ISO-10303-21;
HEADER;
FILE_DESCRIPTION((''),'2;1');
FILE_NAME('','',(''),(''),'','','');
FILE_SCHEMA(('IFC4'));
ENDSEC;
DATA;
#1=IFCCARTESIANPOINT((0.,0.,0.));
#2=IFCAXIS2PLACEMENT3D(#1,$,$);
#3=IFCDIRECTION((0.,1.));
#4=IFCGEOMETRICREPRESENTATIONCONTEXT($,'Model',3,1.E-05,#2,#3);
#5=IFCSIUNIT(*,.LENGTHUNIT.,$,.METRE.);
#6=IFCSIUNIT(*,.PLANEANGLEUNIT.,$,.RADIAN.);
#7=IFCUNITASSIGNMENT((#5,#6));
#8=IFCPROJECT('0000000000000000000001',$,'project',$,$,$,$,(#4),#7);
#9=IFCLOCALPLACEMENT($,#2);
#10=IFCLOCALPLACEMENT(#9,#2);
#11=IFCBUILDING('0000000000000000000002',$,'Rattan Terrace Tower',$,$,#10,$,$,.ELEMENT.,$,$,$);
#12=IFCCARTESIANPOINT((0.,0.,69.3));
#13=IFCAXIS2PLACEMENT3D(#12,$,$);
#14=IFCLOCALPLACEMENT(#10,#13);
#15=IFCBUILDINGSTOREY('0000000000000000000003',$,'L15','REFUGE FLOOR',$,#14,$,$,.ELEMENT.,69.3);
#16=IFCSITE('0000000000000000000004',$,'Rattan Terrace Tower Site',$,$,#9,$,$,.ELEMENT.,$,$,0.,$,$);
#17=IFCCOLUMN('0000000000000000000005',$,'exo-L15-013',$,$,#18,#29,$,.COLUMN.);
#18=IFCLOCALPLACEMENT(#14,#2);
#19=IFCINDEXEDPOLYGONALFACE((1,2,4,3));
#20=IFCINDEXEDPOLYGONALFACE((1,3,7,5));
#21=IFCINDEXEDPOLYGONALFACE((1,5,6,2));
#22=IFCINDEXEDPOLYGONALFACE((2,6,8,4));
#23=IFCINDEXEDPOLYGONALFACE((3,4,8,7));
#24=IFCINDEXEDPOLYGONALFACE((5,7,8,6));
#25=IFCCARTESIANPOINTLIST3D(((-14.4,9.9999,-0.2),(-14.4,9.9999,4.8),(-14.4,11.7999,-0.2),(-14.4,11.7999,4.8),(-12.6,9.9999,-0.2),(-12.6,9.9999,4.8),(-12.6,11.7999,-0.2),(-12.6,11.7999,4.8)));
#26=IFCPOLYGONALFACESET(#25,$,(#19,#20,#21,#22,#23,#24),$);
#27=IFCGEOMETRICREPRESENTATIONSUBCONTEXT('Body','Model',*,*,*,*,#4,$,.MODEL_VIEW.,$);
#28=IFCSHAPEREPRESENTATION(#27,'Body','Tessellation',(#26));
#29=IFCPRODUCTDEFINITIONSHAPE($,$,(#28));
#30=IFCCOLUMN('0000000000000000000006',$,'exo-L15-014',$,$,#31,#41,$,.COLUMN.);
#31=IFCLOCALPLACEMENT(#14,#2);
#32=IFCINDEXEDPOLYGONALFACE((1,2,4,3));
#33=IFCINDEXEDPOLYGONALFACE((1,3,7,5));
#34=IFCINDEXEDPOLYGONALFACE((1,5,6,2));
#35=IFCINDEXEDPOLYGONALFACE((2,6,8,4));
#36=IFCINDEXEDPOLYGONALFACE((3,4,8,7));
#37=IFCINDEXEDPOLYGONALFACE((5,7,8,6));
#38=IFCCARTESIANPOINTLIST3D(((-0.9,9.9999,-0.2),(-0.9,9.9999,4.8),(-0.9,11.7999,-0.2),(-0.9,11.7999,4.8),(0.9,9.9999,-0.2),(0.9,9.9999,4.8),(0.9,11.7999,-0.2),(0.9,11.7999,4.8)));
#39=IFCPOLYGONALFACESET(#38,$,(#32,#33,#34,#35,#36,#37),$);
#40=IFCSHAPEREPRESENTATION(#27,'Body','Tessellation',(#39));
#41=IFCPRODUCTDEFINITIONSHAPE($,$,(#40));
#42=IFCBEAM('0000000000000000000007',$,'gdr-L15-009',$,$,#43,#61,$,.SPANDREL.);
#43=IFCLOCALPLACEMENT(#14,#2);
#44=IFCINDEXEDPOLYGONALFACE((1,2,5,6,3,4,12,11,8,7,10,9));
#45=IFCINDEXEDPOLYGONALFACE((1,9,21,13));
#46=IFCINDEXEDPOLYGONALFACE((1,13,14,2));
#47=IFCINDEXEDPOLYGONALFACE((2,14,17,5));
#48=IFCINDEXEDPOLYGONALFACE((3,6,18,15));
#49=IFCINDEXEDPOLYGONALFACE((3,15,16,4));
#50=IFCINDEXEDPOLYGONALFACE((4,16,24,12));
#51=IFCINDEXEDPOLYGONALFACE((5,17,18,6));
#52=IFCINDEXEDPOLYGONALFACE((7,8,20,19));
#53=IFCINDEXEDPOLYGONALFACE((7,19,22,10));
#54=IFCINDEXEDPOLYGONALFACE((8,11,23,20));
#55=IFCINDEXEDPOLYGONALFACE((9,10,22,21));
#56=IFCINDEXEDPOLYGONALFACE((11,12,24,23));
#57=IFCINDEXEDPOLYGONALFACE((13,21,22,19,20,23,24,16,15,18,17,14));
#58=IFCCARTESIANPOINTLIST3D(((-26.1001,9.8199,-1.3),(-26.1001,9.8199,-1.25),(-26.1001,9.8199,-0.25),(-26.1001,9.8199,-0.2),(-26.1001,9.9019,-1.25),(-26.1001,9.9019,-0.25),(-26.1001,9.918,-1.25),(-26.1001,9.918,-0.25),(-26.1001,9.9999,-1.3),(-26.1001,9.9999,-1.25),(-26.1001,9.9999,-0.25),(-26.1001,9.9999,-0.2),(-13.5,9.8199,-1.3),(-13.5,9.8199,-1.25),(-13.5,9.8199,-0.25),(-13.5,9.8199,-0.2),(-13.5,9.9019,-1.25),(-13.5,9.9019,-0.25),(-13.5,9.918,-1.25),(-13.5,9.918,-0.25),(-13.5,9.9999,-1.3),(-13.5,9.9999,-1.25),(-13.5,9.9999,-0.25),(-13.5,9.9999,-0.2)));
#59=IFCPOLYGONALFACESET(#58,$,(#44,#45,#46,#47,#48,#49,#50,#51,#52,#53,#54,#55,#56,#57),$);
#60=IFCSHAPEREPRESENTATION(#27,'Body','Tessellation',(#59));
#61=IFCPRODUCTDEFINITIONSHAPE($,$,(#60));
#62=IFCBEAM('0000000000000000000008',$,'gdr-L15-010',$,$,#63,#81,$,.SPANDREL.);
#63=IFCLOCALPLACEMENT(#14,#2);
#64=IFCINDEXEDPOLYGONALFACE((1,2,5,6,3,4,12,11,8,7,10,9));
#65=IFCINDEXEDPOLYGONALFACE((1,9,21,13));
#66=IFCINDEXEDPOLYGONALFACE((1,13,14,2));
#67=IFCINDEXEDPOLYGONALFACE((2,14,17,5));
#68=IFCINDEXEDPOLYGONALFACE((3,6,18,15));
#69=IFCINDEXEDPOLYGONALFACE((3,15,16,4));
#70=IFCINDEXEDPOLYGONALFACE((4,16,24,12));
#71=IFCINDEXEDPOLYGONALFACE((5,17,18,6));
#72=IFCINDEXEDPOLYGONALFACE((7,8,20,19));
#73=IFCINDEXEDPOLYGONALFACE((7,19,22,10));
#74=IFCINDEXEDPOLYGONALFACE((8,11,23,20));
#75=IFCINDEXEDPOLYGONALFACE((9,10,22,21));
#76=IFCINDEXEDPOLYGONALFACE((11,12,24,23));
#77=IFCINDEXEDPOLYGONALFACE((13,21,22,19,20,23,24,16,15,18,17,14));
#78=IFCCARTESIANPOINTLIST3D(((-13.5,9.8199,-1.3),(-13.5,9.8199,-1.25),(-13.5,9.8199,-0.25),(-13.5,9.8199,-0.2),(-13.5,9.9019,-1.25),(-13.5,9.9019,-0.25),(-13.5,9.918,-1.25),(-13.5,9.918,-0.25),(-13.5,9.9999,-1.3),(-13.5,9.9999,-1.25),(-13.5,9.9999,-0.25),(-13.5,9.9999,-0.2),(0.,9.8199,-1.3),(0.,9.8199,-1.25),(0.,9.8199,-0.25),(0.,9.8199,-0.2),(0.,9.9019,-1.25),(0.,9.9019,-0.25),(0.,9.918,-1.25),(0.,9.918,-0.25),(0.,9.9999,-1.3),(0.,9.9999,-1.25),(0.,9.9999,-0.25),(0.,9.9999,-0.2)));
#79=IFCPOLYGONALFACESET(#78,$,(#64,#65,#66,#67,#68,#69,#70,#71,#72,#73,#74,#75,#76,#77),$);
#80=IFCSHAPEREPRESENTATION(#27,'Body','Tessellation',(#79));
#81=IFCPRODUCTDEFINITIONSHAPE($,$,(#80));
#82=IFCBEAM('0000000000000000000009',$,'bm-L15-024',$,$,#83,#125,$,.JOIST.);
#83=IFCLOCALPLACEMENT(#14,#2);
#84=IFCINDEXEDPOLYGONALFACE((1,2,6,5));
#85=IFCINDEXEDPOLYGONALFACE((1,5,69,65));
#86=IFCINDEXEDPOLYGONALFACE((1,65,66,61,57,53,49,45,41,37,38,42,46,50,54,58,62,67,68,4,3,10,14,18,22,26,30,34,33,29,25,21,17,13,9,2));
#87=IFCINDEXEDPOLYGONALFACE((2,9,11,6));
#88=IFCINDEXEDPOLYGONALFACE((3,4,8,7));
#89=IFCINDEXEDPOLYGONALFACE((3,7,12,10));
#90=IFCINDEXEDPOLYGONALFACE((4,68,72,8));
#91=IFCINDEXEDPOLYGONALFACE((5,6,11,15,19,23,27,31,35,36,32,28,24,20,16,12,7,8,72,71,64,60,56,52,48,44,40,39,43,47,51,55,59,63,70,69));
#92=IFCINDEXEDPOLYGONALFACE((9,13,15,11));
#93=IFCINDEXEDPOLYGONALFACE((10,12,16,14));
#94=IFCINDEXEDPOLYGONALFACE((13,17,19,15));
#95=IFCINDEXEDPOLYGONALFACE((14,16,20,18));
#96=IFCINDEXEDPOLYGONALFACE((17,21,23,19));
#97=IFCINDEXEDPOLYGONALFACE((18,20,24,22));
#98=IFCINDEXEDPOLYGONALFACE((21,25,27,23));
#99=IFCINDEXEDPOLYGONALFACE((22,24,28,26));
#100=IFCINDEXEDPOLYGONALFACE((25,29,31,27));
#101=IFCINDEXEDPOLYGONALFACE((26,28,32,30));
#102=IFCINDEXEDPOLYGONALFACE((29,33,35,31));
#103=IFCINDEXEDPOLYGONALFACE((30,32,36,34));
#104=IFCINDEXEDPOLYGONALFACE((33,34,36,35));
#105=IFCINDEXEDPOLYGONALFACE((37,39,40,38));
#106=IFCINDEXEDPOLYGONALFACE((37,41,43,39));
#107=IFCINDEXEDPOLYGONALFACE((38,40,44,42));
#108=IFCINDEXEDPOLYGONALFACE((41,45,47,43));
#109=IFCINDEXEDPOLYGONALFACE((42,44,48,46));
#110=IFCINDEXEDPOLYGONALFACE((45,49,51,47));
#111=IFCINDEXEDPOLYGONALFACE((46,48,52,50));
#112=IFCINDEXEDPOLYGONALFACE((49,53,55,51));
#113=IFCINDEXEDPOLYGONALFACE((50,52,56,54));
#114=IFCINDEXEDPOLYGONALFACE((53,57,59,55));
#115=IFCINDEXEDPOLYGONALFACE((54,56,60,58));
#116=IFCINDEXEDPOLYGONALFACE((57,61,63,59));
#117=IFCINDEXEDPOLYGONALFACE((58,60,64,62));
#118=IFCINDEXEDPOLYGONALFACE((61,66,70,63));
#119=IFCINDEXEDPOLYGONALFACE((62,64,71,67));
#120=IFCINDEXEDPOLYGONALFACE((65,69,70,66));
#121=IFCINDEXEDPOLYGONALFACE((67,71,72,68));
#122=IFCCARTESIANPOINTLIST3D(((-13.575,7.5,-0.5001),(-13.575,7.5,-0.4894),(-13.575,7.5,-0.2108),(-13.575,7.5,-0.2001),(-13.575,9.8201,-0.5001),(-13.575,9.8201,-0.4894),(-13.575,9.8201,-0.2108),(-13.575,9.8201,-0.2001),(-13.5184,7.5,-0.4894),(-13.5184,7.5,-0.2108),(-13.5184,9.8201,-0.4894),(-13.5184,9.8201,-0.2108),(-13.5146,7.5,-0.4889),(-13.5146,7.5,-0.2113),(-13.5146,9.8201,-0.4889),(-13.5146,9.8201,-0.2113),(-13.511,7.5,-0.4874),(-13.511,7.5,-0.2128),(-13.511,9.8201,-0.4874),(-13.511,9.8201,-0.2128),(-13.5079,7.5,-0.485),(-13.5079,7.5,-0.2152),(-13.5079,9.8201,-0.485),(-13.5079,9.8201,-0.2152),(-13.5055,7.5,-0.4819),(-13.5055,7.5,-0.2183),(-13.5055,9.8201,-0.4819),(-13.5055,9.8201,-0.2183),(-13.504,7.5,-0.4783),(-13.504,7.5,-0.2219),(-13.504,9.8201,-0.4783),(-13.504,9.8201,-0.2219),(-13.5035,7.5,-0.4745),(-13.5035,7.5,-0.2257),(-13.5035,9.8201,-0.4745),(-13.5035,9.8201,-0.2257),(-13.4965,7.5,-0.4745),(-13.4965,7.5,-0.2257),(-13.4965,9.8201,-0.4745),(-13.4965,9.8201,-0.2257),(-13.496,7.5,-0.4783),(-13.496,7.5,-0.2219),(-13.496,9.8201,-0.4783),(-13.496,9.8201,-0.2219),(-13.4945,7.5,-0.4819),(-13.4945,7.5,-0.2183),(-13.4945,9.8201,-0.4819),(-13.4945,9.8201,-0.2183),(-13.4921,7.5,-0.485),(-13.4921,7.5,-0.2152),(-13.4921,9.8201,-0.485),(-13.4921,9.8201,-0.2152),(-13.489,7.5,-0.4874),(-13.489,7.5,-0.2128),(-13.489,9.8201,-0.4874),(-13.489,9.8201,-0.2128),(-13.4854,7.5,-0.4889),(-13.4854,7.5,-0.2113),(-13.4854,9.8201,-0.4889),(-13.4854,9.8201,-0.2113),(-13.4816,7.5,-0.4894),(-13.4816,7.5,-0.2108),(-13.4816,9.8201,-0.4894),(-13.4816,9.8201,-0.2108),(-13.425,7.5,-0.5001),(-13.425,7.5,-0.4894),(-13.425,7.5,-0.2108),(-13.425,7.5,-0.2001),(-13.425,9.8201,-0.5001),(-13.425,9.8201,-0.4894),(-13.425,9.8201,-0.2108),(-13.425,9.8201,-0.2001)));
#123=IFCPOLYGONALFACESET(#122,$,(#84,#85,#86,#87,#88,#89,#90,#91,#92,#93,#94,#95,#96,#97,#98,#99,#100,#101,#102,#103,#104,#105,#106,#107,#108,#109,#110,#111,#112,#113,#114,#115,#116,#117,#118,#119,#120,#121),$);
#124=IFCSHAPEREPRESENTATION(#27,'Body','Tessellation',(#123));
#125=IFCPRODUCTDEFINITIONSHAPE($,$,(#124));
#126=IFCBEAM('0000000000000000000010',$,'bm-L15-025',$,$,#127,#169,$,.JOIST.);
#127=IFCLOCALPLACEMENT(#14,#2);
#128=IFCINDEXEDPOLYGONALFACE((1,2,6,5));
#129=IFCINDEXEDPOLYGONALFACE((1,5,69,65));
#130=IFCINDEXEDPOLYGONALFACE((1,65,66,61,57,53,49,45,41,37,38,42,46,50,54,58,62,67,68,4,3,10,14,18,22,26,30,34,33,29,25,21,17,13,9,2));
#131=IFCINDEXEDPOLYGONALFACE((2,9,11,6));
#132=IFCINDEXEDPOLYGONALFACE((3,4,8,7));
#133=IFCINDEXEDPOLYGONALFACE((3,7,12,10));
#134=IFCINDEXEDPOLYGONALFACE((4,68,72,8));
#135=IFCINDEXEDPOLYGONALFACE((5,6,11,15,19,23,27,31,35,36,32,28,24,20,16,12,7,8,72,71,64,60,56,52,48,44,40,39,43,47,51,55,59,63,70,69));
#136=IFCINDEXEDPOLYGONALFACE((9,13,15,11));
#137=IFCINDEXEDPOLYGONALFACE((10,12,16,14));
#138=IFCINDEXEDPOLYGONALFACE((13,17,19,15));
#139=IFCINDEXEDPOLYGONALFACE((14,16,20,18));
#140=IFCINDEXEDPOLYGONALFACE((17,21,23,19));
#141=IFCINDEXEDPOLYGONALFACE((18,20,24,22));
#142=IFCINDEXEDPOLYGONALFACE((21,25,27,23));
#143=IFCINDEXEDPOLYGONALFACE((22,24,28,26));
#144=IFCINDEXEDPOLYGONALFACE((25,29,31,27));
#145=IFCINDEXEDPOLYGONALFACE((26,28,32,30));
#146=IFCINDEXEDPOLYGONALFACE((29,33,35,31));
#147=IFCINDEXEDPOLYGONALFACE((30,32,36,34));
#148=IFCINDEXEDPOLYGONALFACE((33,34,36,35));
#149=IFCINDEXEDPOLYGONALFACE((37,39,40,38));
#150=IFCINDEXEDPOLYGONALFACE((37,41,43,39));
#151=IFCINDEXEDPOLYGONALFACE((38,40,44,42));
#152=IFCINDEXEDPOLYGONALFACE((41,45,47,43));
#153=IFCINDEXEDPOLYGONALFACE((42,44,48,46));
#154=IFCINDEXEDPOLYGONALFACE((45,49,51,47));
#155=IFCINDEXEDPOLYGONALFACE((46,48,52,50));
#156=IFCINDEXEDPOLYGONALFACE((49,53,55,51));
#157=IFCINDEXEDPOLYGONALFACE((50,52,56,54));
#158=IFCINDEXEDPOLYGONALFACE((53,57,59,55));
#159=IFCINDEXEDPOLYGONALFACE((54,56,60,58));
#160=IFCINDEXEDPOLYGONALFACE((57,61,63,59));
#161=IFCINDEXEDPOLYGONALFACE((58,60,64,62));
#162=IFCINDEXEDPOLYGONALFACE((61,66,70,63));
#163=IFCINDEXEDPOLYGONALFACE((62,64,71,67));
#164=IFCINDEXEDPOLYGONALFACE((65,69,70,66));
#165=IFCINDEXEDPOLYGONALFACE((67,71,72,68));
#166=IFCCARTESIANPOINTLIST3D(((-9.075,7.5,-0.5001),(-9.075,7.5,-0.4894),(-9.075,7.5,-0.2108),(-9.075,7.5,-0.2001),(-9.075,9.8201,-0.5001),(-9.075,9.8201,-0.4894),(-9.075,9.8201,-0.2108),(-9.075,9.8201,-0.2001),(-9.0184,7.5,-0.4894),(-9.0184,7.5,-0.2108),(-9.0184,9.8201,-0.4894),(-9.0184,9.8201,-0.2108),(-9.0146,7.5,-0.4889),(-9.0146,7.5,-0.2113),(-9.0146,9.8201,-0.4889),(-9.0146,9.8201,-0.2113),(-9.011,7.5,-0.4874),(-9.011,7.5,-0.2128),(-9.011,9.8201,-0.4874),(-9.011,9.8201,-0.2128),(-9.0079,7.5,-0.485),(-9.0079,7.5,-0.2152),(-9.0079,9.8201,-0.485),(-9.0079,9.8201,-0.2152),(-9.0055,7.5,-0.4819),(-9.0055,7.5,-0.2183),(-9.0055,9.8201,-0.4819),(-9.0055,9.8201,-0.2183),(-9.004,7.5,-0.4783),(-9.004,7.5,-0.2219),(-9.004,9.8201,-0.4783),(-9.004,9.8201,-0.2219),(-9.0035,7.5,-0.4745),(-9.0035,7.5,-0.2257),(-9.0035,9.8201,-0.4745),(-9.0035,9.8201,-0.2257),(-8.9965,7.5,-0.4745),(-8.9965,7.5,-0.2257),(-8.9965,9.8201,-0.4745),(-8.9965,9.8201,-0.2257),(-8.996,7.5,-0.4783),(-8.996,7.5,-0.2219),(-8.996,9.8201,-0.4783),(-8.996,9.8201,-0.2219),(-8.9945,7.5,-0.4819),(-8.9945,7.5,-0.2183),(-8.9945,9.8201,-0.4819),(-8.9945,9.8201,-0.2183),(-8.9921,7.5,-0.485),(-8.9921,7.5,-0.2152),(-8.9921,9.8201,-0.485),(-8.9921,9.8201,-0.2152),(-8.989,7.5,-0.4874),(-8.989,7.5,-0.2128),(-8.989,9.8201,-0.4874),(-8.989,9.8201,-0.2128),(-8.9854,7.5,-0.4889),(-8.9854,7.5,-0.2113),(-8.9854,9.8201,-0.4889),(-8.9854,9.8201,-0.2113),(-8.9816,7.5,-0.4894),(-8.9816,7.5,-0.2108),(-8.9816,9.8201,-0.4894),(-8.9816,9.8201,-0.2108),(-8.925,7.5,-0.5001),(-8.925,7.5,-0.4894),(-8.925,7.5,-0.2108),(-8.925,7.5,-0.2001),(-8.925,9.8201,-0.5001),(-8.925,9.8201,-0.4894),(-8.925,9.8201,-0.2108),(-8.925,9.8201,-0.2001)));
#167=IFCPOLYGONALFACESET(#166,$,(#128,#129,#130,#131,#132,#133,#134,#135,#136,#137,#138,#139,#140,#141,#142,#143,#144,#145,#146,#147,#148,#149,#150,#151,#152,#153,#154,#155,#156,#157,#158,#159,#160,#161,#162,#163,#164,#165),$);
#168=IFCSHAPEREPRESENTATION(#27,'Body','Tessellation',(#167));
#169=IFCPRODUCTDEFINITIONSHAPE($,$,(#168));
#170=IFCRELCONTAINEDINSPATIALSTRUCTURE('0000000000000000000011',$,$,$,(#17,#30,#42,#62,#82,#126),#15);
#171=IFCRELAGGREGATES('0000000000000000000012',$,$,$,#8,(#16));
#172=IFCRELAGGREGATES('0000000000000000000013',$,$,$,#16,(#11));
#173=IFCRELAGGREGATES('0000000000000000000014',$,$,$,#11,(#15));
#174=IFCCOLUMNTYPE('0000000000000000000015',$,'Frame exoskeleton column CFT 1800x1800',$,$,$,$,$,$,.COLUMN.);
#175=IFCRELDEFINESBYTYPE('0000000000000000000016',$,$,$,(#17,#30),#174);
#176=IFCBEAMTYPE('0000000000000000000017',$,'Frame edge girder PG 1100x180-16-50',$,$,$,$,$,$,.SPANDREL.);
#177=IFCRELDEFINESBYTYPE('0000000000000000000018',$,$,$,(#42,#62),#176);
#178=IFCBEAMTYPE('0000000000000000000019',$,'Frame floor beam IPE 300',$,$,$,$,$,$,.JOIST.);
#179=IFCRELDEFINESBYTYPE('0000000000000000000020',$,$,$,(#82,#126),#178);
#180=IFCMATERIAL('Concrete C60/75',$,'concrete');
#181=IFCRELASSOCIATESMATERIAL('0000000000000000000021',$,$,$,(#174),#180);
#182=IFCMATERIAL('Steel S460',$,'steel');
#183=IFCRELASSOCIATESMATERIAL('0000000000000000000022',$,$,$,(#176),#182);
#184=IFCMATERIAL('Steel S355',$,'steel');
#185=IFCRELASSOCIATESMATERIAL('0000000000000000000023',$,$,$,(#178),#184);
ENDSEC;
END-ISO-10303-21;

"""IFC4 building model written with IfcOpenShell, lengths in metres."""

from ifc_helpers import new_model, si_unit, direction, frame, origin, origin_2d, place, context, subcontext, project, spatial, rectangle, i_section, extrude, material, material_profile, profile_set, type_object, element, save


model = new_model("IFC4")

# Units and contexts
model_context = context("Model", 3, precision=1e-05, world=origin(), true_north=direction((0.0, 1.0)))
body_context = subcontext(model_context, "Body", "Model", "MODEL_VIEW")
ifc_project = project(units=[si_unit("LENGTHUNIT", "METRE"), si_unit("PLANEANGLEUNIT", "RADIAN")], contexts=[model_context])

# Site, building, storey
site_placement = place(None, origin())
site = spatial("IfcSite", under=ifc_project, at=site_placement, Name="Rattan Terrace Tower Site", CompositionType="ELEMENT", RefElevation=0.0)
building_placement = place(site_placement, origin())
building = spatial("IfcBuilding", under=site, at=building_placement, Name="Rattan Terrace Tower", CompositionType="ELEMENT")
storey_placement = place(building_placement, frame((0.0, 0.0, 69.3)))
storey = spatial("IfcBuildingStorey", under=building, at=storey_placement, Name="L15", Description="REFUGE FLOOR", CompositionType="ELEMENT", Elevation=69.3)

# Columns
ifc_material_1 = material(Name="Concrete C60/75", Category="concrete")
ifc_material_profile_1 = material_profile(ifc_material_1, rectangle(XDim=1.8, YDim=1.8, at=origin_2d()), Name="CFT 1800x1800")
ifc_profile_set_1 = profile_set([ifc_material_profile_1], Name="Concrete C60/75")
column_type = type_object("IfcColumnType", Name="Frame exoskeleton column CFT 1800x1800", PredefinedType="COLUMN", material=ifc_profile_set_1)
for number, where, z_axis, x_axis, name in (
    (1, (-13.5, 10.8999, -0.2), (0.0, 0.0, 1.0), (1.0, 0.0, 0.0), "exo-L15-013"),
    (2, (0.0, 10.8999, -0.2), (0.0, 0.0, 1.0), (1.0, 0.0, 0.0), "exo-L15-014"),
):
    element("IfcColumn", number, at=place(storey_placement, frame(where, z_axis=z_axis, x_axis=x_axis)), inside=storey, type_object=column_type, Name=name, PredefinedType="COLUMN", context=body_context, shape_type="SweptSolid", body=[
        extrude(rectangle(XDim=1.8, YDim=1.8, at=origin_2d()), origin(), (0.0, 0.0, 1.0), 5.0),
    ])

# Beams
ifc_material_2 = material(Name="Steel S460", Category="steel")
ifc_material_profile_2 = material_profile(ifc_material_2, i_section(OverallWidth=0.1799, OverallDepth=1.1001, WebThickness=0.0161, FlangeThickness=0.05, at=origin_2d()), Name="PG 1100x180-16-50")
ifc_profile_set_2 = profile_set([ifc_material_profile_2], Name="Steel S460")
beam_type_1 = type_object("IfcBeamType", Name="Frame edge girder PG 1100x180-16-50", PredefinedType="SPANDREL", material=ifc_profile_set_2)
beam_1_placement = place(storey_placement, frame((-13.5, 9.9099, -0.75), z_axis=(-1.0, 0.0, 0.0), x_axis=(0.0, -1.0, 0.0)))
element("IfcBeam", 3, at=beam_1_placement, inside=storey, type_object=beam_type_1, Name="gdr-L15-009", PredefinedType="SPANDREL", context=body_context, shape_type="SweptSolid", body=[
    extrude(i_section(OverallWidth=0.1799, OverallDepth=1.1001, WebThickness=0.0161, FlangeThickness=0.05, at=origin_2d()), origin(), (0.0, 0.0, 1.0), 12.6001),
])
beam_2_placement = place(storey_placement, frame((0.0, 9.9099, -0.75), z_axis=(-1.0, 0.0, 0.0), x_axis=(0.0, -1.0, 0.0)))
element("IfcBeam", 4, at=beam_2_placement, inside=storey, type_object=beam_type_1, Name="gdr-L15-010", PredefinedType="SPANDREL", context=body_context, shape_type="SweptSolid", body=[
    extrude(i_section(OverallWidth=0.1799, OverallDepth=1.1001, WebThickness=0.0161, FlangeThickness=0.05, at=origin_2d()), origin(), (0.0, 0.0, 1.0), 13.5),
])
ifc_material_3 = material(Name="Steel S355", Category="steel")
ifc_material_profile_3 = material_profile(ifc_material_3, i_section(OverallWidth=0.1499, OverallDepth=0.3, WebThickness=0.0071, FlangeThickness=0.0107, FilletRadius=0.0149, at=origin_2d()), Name="IPE 300")
ifc_profile_set_3 = profile_set([ifc_material_profile_3], Name="Steel S355")
beam_type_2 = type_object("IfcBeamType", Name="Frame floor beam IPE 300", PredefinedType="JOIST", material=ifc_profile_set_3)
for number, where, z_axis, x_axis, name in (
    (5, (-13.5, 7.5, -0.3501), (0.0, 1.0, 0.0), (-1.0, 0.0, 0.0), "bm-L15-024"),
    (6, (-9.0, 7.5, -0.3501), (0.0, 1.0, 0.0), (-1.0, 0.0, 0.0), "bm-L15-025"),
):
    element("IfcBeam", number, at=place(storey_placement, frame(where, z_axis=z_axis, x_axis=x_axis)), inside=storey, type_object=beam_type_2, Name=name, PredefinedType="JOIST", context=body_context, shape_type="SweptSolid", body=[
        extrude(i_section(OverallWidth=0.1499, OverallDepth=0.3, WebThickness=0.0071, FlangeThickness=0.0107, FilletRadius=0.0149, at=origin_2d()), origin(), (0.0, 0.0, 1.0), 2.3201),
    ])

save(model, "model.ifc")
